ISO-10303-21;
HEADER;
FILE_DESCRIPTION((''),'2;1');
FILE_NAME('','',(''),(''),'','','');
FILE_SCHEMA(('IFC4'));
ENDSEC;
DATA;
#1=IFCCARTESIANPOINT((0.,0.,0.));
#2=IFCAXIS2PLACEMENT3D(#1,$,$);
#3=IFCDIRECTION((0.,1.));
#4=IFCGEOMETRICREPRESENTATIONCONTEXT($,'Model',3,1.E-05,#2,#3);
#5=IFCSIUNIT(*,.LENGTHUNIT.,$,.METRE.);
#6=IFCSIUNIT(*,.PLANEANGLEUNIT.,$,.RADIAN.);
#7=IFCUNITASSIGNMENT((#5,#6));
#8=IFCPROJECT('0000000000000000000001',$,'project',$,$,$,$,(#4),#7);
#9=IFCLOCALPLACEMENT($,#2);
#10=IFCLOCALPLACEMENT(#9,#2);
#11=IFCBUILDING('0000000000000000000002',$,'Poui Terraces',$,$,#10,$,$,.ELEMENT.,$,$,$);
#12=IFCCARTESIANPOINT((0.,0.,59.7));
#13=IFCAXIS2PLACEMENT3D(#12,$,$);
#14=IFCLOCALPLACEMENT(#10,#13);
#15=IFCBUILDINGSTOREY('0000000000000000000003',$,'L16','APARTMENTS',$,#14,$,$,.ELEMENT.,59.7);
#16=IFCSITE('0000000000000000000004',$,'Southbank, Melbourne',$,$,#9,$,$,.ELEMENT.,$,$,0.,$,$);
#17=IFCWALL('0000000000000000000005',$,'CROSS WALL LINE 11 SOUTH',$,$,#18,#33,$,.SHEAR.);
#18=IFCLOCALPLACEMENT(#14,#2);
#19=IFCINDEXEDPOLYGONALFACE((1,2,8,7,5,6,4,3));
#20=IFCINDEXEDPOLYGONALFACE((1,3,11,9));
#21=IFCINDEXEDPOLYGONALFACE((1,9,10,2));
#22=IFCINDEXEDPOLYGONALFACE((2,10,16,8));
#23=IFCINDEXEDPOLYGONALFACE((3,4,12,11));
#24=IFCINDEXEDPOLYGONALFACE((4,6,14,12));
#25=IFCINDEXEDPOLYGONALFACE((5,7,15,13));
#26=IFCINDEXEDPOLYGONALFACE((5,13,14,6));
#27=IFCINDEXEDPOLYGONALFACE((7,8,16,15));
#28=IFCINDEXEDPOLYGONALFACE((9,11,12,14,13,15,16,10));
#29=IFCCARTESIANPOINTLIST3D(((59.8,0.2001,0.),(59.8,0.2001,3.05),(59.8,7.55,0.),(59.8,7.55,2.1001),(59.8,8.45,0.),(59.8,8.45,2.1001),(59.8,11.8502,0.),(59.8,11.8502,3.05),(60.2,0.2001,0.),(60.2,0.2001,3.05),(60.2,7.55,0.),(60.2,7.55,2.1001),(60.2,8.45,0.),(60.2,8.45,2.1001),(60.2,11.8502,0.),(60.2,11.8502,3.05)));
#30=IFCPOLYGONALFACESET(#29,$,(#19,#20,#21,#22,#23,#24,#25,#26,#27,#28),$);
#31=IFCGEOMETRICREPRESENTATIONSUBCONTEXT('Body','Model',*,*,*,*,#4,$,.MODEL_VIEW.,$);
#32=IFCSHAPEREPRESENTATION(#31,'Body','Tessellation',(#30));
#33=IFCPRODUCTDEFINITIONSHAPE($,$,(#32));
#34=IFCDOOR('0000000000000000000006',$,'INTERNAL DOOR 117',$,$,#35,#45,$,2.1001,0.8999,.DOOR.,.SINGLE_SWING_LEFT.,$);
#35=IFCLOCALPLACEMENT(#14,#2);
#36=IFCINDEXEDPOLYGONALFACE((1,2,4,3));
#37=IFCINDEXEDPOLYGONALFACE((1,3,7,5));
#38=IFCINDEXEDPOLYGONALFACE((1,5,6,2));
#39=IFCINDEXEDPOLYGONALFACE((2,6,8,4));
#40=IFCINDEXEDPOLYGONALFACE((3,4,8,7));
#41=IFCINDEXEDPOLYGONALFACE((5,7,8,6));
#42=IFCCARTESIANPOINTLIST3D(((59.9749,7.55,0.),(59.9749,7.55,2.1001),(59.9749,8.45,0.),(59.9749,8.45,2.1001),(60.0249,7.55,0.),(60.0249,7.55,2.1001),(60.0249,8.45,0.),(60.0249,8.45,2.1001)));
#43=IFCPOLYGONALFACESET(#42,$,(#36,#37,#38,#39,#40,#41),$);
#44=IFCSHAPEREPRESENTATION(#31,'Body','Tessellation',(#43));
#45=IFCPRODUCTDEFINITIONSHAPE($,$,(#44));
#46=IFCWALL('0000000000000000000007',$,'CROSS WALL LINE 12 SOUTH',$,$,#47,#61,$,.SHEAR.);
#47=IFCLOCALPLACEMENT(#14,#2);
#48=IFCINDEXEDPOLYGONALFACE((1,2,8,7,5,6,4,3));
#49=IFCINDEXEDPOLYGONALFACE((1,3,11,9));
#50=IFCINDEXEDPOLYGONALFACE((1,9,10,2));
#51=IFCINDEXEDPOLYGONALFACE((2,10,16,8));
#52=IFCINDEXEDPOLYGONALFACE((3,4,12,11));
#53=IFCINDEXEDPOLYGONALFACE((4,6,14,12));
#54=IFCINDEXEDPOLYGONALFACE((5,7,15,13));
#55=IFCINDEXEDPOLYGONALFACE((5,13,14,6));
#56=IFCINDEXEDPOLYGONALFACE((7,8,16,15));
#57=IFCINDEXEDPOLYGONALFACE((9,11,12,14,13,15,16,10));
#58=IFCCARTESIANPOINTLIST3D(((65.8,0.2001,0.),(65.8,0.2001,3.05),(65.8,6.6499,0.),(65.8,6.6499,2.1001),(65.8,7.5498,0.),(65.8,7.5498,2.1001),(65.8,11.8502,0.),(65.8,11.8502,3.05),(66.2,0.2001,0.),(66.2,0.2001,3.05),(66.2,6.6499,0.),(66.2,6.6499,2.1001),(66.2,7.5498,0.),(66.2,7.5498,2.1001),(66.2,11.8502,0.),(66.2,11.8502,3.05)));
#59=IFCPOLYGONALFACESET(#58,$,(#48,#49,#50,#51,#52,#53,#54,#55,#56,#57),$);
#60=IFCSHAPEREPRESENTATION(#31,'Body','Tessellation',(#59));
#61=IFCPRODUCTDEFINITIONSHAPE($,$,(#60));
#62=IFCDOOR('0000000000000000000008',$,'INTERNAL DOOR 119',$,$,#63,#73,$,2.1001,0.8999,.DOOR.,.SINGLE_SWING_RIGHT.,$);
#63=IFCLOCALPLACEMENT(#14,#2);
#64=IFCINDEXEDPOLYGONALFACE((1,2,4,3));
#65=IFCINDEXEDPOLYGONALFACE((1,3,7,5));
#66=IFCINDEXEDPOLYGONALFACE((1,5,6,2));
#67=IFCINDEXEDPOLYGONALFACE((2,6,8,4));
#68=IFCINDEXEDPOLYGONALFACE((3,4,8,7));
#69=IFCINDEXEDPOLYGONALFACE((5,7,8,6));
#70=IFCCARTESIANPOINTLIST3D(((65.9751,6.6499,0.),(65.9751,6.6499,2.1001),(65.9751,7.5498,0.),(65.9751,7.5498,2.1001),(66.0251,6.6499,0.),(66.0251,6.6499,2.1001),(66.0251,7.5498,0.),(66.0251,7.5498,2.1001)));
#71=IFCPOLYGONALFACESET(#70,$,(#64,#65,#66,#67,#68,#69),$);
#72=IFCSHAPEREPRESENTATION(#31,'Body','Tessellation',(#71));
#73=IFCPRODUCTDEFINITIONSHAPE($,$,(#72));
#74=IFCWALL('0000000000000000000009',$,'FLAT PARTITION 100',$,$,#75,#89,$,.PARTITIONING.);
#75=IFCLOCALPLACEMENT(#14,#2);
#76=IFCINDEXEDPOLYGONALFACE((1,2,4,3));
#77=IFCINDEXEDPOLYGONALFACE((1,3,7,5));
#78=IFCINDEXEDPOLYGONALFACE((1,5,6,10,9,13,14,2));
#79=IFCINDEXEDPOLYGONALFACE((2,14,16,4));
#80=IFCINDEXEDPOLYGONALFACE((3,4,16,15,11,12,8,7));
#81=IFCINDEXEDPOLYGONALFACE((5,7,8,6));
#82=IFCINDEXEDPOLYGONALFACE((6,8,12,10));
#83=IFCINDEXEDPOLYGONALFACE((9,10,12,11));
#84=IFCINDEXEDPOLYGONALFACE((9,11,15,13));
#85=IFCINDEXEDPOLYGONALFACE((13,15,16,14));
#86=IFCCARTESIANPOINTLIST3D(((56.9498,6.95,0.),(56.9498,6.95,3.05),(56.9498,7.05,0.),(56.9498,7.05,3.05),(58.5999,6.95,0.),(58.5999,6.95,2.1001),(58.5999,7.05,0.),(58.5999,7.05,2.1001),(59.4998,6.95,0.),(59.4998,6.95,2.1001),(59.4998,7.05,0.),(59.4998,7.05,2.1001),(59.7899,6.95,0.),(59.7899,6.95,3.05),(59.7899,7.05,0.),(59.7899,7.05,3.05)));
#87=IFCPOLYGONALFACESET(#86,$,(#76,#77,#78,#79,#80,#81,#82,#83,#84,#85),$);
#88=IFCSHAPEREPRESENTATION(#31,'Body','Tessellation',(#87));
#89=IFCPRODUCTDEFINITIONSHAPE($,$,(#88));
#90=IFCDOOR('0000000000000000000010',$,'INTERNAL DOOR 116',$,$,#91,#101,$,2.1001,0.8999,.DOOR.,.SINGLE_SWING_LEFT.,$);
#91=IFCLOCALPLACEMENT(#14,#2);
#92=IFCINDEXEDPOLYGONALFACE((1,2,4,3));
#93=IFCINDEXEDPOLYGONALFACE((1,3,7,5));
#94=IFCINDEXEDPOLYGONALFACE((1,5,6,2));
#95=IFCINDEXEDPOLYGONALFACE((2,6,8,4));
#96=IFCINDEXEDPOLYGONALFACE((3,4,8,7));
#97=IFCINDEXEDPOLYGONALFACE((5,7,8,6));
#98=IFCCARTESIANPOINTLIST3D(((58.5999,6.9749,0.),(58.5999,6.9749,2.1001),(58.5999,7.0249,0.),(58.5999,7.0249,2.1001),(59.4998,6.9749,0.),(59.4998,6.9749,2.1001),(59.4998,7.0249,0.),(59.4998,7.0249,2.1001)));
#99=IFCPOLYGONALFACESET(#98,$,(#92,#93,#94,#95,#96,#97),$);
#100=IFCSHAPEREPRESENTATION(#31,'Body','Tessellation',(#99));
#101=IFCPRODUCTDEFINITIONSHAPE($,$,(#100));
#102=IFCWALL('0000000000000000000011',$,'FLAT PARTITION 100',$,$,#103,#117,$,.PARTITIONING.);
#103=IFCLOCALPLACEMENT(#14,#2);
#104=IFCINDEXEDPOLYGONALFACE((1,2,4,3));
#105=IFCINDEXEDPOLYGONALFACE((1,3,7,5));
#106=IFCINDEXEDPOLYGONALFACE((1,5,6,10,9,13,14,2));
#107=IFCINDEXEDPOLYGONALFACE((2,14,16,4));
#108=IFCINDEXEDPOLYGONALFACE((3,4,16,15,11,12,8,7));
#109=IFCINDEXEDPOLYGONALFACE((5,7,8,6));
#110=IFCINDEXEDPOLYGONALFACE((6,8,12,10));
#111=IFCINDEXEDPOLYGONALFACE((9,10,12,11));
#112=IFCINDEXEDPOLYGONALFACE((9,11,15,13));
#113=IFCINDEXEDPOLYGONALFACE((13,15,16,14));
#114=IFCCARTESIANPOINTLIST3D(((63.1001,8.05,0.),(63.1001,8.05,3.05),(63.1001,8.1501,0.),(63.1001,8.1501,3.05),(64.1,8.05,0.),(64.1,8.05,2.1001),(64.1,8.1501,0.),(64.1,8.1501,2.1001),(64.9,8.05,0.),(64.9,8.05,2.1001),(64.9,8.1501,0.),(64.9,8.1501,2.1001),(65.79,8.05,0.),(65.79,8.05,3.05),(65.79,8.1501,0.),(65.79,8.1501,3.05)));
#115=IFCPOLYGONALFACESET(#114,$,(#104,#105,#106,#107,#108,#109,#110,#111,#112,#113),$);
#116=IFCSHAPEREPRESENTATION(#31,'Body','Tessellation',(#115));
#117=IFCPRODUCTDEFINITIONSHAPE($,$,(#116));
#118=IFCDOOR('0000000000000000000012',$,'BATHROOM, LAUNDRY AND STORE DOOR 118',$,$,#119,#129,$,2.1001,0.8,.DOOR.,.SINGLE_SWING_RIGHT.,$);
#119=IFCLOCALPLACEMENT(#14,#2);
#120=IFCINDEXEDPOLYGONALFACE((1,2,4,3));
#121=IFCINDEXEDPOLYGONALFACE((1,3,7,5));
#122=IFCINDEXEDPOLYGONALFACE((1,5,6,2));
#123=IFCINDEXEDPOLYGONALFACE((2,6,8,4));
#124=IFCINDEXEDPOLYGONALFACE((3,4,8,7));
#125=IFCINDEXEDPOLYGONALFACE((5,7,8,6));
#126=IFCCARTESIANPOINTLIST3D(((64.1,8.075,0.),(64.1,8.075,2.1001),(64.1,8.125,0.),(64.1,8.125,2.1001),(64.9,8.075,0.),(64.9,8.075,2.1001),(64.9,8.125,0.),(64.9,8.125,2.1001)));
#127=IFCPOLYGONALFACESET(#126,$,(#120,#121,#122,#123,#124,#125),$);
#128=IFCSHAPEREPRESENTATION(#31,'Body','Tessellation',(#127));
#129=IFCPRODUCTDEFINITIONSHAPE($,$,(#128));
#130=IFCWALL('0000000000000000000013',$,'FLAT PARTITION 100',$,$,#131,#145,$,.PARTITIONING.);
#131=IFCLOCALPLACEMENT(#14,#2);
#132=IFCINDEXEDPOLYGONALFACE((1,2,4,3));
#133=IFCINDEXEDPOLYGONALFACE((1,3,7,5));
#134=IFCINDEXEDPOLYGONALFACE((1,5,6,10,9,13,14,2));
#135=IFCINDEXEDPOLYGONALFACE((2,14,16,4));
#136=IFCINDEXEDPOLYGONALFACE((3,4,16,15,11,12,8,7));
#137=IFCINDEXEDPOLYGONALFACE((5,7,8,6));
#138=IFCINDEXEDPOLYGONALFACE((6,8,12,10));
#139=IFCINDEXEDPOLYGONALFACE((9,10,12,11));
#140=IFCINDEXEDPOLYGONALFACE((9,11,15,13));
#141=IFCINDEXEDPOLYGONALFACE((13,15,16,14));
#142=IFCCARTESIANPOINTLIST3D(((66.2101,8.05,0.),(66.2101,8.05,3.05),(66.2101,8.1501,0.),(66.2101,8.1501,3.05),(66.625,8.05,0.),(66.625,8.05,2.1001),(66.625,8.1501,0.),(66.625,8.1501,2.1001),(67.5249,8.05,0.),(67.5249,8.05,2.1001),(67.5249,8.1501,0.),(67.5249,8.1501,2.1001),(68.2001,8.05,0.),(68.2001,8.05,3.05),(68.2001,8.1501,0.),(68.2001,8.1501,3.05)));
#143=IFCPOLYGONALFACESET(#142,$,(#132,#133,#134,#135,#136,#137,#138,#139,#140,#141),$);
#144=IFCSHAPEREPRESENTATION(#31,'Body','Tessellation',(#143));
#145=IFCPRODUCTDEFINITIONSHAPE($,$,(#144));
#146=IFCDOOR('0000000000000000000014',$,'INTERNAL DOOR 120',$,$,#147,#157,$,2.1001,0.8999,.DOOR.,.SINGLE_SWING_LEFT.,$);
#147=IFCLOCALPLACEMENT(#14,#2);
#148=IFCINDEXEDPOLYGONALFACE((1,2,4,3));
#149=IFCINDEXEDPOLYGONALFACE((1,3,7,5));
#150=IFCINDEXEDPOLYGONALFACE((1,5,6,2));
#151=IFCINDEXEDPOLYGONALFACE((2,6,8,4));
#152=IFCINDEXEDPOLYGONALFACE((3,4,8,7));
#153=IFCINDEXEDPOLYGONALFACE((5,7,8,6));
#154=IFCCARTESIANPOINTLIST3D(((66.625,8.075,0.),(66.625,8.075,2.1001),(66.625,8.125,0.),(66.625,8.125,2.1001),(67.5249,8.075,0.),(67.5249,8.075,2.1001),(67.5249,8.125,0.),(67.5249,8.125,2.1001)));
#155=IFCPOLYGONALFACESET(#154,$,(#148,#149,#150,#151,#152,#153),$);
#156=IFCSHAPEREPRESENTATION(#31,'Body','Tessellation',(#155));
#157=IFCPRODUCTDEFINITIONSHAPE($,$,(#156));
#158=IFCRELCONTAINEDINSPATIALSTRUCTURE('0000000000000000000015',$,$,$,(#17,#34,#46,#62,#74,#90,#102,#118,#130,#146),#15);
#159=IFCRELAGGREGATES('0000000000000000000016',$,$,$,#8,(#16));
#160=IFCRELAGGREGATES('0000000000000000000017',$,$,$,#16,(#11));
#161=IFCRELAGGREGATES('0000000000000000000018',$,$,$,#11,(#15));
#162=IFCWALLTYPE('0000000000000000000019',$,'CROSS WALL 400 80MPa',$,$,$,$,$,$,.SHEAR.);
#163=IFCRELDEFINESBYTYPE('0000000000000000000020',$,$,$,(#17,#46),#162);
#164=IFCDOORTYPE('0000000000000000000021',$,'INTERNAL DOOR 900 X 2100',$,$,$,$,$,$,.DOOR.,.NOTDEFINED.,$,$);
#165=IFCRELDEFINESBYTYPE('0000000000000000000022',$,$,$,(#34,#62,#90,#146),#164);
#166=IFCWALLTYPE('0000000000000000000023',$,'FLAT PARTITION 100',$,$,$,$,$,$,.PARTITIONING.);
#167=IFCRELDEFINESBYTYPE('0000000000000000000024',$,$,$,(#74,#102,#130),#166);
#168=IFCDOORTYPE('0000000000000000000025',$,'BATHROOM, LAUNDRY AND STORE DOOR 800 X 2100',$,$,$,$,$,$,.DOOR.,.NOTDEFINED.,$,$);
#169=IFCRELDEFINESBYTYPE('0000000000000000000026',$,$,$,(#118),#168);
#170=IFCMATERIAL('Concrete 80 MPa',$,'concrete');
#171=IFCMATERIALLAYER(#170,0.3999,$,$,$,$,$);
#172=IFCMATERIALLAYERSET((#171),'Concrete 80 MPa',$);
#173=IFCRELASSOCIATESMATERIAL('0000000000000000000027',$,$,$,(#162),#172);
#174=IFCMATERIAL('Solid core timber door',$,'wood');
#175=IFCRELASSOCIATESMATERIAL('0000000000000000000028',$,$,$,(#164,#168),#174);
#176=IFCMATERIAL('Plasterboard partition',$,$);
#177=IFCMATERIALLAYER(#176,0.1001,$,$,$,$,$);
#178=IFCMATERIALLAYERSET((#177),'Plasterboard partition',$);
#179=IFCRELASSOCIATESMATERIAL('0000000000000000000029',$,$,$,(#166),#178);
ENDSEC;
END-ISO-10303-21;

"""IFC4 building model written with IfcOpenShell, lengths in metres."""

from ifc_helpers import new_model, si_unit, direction, frame, frame_2d, origin, place, context, subcontext, project, spatial, rectangle, extrude, material, layer, layer_set, type_object, element, fill, save


model = new_model("IFC4")

# Units and contexts
model_context = context("Model", 3, precision=1e-05, world=origin(), true_north=direction((0.0, 1.0)))
body_context = subcontext(model_context, "Body", "Model", "MODEL_VIEW")
ifc_project = project(units=[si_unit("LENGTHUNIT", "METRE"), si_unit("PLANEANGLEUNIT", "RADIAN")], contexts=[model_context])

# Site, building, storey
site_placement = place(None, origin())
site = spatial("IfcSite", under=ifc_project, at=site_placement, Name="Southbank, Melbourne", CompositionType="ELEMENT", RefElevation=0.0)
building_placement = place(site_placement, origin())
building = spatial("IfcBuilding", under=site, at=building_placement, Name="Poui Terraces", CompositionType="ELEMENT")
storey_placement = place(building_placement, frame((0.0, 0.0, 59.7)))
storey = spatial("IfcBuildingStorey", under=building, at=storey_placement, Name="L16", Description="APARTMENTS", CompositionType="ELEMENT", Elevation=59.7)

# Walls, openings, doors
ifc_material_1 = material(Name="Concrete 80 MPa", Category="concrete")
ifc_layer_1 = layer(ifc_material_1, 0.3999)
ifc_layer_set_1 = layer_set([ifc_layer_1], Name="Concrete 80 MPa")
wall_type_1 = type_object("IfcWallType", Name="CROSS WALL 400 80MPa", PredefinedType="SHEAR", material=ifc_layer_set_1)
wall_1_placement = place(storey_placement, frame((60.0, 0.2, 0.0), z_axis=(0.0, 0.0, 1.0), x_axis=(0.0, 1.0, 0.0)))
wall_1 = element("IfcWall", 1, at=wall_1_placement, inside=storey, type_object=wall_type_1, Name="CROSS WALL LINE 11 SOUTH", PredefinedType="SHEAR", context=body_context, shape_type="SweptSolid", body=[
    extrude(rectangle(XDim=11.6501, YDim=0.3999, at=frame_2d((5.8252, 0.0))), origin(), (0.0, 0.0, 1.0), 3.05),
])
opening_1_placement = place(wall_1_placement, frame((7.3501, 0.0, 0.0)))
opening_1 = element("IfcOpeningElement", 2, at=opening_1_placement, cuts=wall_1, PredefinedType="OPENING", context=body_context, shape_type="SweptSolid", body=[
    extrude(rectangle(XDim=0.8999, YDim=2.1001, at=frame_2d((0.45, 1.05))), frame((0.0, 0.21, 0.0), z_axis=(0.0, -1.0, 0.0), x_axis=(1.0, 0.0, 0.0)), (0.0, 0.0, 1.0), 0.4199),
])
ifc_material_2 = material(Name="Solid core timber door", Category="wood")
door_type_1 = type_object("IfcDoorType", Name="INTERNAL DOOR 900 X 2100", OperationType="NOTDEFINED", PredefinedType="DOOR", material=ifc_material_2)
door_1_placement = place(opening_1_placement, frame((0.8999, 0.0, 0.0), z_axis=(0.0, 0.0, 1.0), x_axis=(-1.0, 0.0, 0.0)))
door_1 = element("IfcDoor", 3, at=door_1_placement, inside=storey, type_object=door_type_1, Name="INTERNAL DOOR 117", OperationType="SINGLE_SWING_LEFT", OverallHeight=2.1001, OverallWidth=0.8999, PredefinedType="DOOR", context=body_context, shape_type="SweptSolid", body=[
    extrude(rectangle(XDim=0.8999, YDim=2.1001, at=frame_2d((0.45, 1.05))), frame((0.0, 0.0249, 0.0), z_axis=(0.0, -1.0, 0.0), x_axis=(1.0, 0.0, 0.0)), (0.0, 0.0, 1.0), 0.05),
])
fill(opening_1, door_1)
wall_2_placement = place(storey_placement, frame((66.0, 0.2, 0.0), z_axis=(0.0, 0.0, 1.0), x_axis=(0.0, 1.0, 0.0)))
wall_2 = element("IfcWall", 4, at=wall_2_placement, inside=storey, type_object=wall_type_1, Name="CROSS WALL LINE 12 SOUTH", PredefinedType="SHEAR", context=body_context, shape_type="SweptSolid", body=[
    extrude(rectangle(XDim=11.6501, YDim=0.3999, at=frame_2d((5.8252, 0.0))), origin(), (0.0, 0.0, 1.0), 3.05),
])
opening_2_placement = place(wall_2_placement, frame((6.45, 0.0, 0.0)))
opening_2 = element("IfcOpeningElement", 5, at=opening_2_placement, cuts=wall_2, PredefinedType="OPENING", context=body_context, shape_type="SweptSolid", body=[
    extrude(rectangle(XDim=0.8999, YDim=2.1001, at=frame_2d((0.45, 1.05))), frame((0.0, 0.21, 0.0), z_axis=(0.0, -1.0, 0.0), x_axis=(1.0, 0.0, 0.0)), (0.0, 0.0, 1.0), 0.4199),
])
door_2_placement = place(opening_2_placement, origin())
door_2 = element("IfcDoor", 6, at=door_2_placement, inside=storey, type_object=door_type_1, Name="INTERNAL DOOR 119", OperationType="SINGLE_SWING_RIGHT", OverallHeight=2.1001, OverallWidth=0.8999, PredefinedType="DOOR", context=body_context, shape_type="SweptSolid", body=[
    extrude(rectangle(XDim=0.8999, YDim=2.1001, at=frame_2d((0.45, 1.05))), frame((0.0, 0.0249, 0.0), z_axis=(0.0, -1.0, 0.0), x_axis=(1.0, 0.0, 0.0)), (0.0, 0.0, 1.0), 0.05),
])
fill(opening_2, door_2)
ifc_material_3 = material(Name="Plasterboard partition")
ifc_layer_2 = layer(ifc_material_3, 0.1001)
ifc_layer_set_2 = layer_set([ifc_layer_2], Name="Plasterboard partition")
wall_type_2 = type_object("IfcWallType", Name="FLAT PARTITION 100", PredefinedType="PARTITIONING", material=ifc_layer_set_2)
wall_3_placement = place(storey_placement, frame((56.95, 7.0, 0.0), z_axis=(0.0, 0.0, 1.0), x_axis=(1.0, 0.0, 0.0)))
wall_3 = element("IfcWall", 7, at=wall_3_placement, inside=storey, type_object=wall_type_2, Name="FLAT PARTITION 100", PredefinedType="PARTITIONING", context=body_context, shape_type="SweptSolid", body=[
    extrude(rectangle(XDim=2.8401, YDim=0.1001, at=frame_2d((1.4199, 0.0))), origin(), (0.0, 0.0, 1.0), 3.05),
])
opening_3_placement = place(wall_3_placement, frame((1.6499, 0.0, 0.0)))
opening_3 = element("IfcOpeningElement", 8, at=opening_3_placement, cuts=wall_3, PredefinedType="OPENING", context=body_context, shape_type="SweptSolid", body=[
    extrude(rectangle(XDim=0.8999, YDim=2.1001, at=frame_2d((0.45, 1.05))), frame((0.0, 0.0601, 0.0), z_axis=(0.0, -1.0, 0.0), x_axis=(1.0, 0.0, 0.0)), (0.0, 0.0, 1.0), 0.1201),
])
door_3_placement = place(opening_3_placement, origin())
door_3 = element("IfcDoor", 9, at=door_3_placement, inside=storey, type_object=door_type_1, Name="INTERNAL DOOR 116", OperationType="SINGLE_SWING_LEFT", OverallHeight=2.1001, OverallWidth=0.8999, PredefinedType="DOOR", context=body_context, shape_type="SweptSolid", body=[
    extrude(rectangle(XDim=0.8999, YDim=2.1001, at=frame_2d((0.45, 1.05))), frame((0.0, 0.0249, 0.0), z_axis=(0.0, -1.0, 0.0), x_axis=(1.0, 0.0, 0.0)), (0.0, 0.0, 1.0), 0.05),
])
fill(opening_3, door_3)
wall_4_placement = place(storey_placement, frame((63.1001, 8.1001, 0.0), z_axis=(0.0, 0.0, 1.0), x_axis=(1.0, 0.0, 0.0)))
wall_4 = element("IfcWall", 10, at=wall_4_placement, inside=storey, type_object=wall_type_2, Name="FLAT PARTITION 100", PredefinedType="PARTITIONING", context=body_context, shape_type="SweptSolid", body=[
    extrude(rectangle(XDim=2.6899, YDim=0.1001, at=frame_2d((1.345, 0.0))), origin(), (0.0, 0.0, 1.0), 3.05),
])
opening_4_placement = place(wall_4_placement, frame((1.0, 0.0, 0.0)))
opening_4 = element("IfcOpeningElement", 11, at=opening_4_placement, cuts=wall_4, PredefinedType="OPENING", context=body_context, shape_type="SweptSolid", body=[
    extrude(rectangle(XDim=0.8, YDim=2.1001, at=frame_2d((0.3999, 1.05))), frame((0.0, 0.0601, 0.0), z_axis=(0.0, -1.0, 0.0), x_axis=(1.0, 0.0, 0.0)), (0.0, 0.0, 1.0), 0.1201),
])
door_type_2 = type_object("IfcDoorType", Name="BATHROOM, LAUNDRY AND STORE DOOR 800 X 2100", OperationType="NOTDEFINED", PredefinedType="DOOR", material=ifc_material_2)
door_4_placement = place(opening_4_placement, origin())
door_4 = element("IfcDoor", 12, at=door_4_placement, inside=storey, type_object=door_type_2, Name="BATHROOM, LAUNDRY AND STORE DOOR 118", OperationType="SINGLE_SWING_RIGHT", OverallHeight=2.1001, OverallWidth=0.8, PredefinedType="DOOR", context=body_context, shape_type="SweptSolid", body=[
    extrude(rectangle(XDim=0.8, YDim=2.1001, at=frame_2d((0.3999, 1.05))), frame((0.0, 0.0249, 0.0), z_axis=(0.0, -1.0, 0.0), x_axis=(1.0, 0.0, 0.0)), (0.0, 0.0, 1.0), 0.05),
])
fill(opening_4, door_4)
wall_5_placement = place(storey_placement, frame((66.21, 8.1001, 0.0), z_axis=(0.0, 0.0, 1.0), x_axis=(1.0, 0.0, 0.0)))
wall_5 = element("IfcWall", 13, at=wall_5_placement, inside=storey, type_object=wall_type_2, Name="FLAT PARTITION 100", PredefinedType="PARTITIONING", context=body_context, shape_type="SweptSolid", body=[
    extrude(rectangle(XDim=1.99, YDim=0.1001, at=frame_2d((0.9951, 0.0))), origin(), (0.0, 0.0, 1.0), 3.05),
])
opening_5_placement = place(wall_5_placement, frame((0.415, 0.0, 0.0)))
opening_5 = element("IfcOpeningElement", 14, at=opening_5_placement, cuts=wall_5, PredefinedType="OPENING", context=body_context, shape_type="SweptSolid", body=[
    extrude(rectangle(XDim=0.8999, YDim=2.1001, at=frame_2d((0.45, 1.05))), frame((0.0, 0.0601, 0.0), z_axis=(0.0, -1.0, 0.0), x_axis=(1.0, 0.0, 0.0)), (0.0, 0.0, 1.0), 0.1201),
])
door_5_placement = place(opening_5_placement, origin())
door_5 = element("IfcDoor", 15, at=door_5_placement, inside=storey, type_object=door_type_1, Name="INTERNAL DOOR 120", OperationType="SINGLE_SWING_LEFT", OverallHeight=2.1001, OverallWidth=0.8999, PredefinedType="DOOR", context=body_context, shape_type="SweptSolid", body=[
    extrude(rectangle(XDim=0.8999, YDim=2.1001, at=frame_2d((0.45, 1.05))), frame((0.0, 0.0249, 0.0), z_axis=(0.0, -1.0, 0.0), x_axis=(1.0, 0.0, 0.0)), (0.0, 0.0, 1.0), 0.05),
])
fill(opening_5, door_5)

save(model, "model.ifc")
